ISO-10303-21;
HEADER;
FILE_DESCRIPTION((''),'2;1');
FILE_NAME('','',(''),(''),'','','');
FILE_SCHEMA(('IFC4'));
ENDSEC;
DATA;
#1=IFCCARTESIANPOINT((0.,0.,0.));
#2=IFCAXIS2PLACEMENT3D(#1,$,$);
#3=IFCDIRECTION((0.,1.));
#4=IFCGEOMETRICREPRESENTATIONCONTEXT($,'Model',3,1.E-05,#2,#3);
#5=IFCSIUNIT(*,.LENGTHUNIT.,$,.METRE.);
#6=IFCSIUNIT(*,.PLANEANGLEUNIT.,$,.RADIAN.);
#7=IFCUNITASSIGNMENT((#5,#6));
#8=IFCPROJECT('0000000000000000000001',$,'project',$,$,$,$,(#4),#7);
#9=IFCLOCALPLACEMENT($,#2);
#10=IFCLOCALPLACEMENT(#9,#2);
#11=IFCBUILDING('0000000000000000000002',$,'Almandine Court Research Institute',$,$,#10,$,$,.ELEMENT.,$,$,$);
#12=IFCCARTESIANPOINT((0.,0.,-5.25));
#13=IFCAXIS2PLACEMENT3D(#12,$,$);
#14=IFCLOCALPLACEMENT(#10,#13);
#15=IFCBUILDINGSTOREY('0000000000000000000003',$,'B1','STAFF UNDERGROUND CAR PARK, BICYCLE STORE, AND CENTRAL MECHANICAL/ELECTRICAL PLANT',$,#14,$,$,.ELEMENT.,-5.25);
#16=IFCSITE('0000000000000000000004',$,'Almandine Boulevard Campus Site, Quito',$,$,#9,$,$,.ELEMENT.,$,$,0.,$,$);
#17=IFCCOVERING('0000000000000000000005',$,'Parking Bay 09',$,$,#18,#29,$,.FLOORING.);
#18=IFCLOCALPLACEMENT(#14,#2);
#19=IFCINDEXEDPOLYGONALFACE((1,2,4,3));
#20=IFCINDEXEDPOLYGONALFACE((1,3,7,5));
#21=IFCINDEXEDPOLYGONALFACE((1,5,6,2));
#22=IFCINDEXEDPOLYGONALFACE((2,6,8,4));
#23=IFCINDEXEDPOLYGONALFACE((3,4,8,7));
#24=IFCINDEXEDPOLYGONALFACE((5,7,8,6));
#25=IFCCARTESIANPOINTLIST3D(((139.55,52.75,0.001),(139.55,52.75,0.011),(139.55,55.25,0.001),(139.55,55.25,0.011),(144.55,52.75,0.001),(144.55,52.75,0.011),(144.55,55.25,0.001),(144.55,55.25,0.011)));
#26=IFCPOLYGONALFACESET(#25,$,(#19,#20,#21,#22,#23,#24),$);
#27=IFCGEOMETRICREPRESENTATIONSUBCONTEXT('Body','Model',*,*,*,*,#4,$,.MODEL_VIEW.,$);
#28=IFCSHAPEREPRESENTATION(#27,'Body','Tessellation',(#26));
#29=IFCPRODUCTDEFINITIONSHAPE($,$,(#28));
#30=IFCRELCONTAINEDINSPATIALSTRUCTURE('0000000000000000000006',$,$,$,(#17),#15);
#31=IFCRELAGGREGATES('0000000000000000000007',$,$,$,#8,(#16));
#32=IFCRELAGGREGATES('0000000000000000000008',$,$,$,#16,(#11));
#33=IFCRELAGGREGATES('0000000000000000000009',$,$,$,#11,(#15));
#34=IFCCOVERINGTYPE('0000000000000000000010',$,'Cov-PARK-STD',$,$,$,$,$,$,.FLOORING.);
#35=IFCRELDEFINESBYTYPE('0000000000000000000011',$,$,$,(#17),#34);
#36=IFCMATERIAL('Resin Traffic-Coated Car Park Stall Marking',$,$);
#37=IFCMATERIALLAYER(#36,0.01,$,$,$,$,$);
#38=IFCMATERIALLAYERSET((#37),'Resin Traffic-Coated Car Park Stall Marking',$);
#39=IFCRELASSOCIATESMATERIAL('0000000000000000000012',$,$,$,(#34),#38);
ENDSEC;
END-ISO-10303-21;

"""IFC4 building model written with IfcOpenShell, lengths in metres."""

from ifc_helpers import new_model, si_unit, direction, frame, origin, origin_2d, place, context, subcontext, project, spatial, rectangle, extrude, material, layer, layer_set, type_object, element, save


model = new_model("IFC4")

# Units and contexts
model_context = context("Model", 3, precision=1e-05, world=origin(), true_north=direction((0.0, 1.0)))
body_context = subcontext(model_context, "Body", "Model", "MODEL_VIEW")
ifc_project = project(units=[si_unit("LENGTHUNIT", "METRE"), si_unit("PLANEANGLEUNIT", "RADIAN")], contexts=[model_context])

# Site, building, storey
site_placement = place(None, origin())
site = spatial("IfcSite", under=ifc_project, at=site_placement, Name="Almandine Boulevard Campus Site, Quito", CompositionType="ELEMENT", RefElevation=0.0)
building_placement = place(site_placement, origin())
building = spatial("IfcBuilding", under=site, at=building_placement, Name="Almandine Court Research Institute", CompositionType="ELEMENT")
storey_placement = place(building_placement, frame((0.0, 0.0, -5.25)))
storey = spatial("IfcBuildingStorey", under=building, at=storey_placement, Name="B1", Description="STAFF UNDERGROUND CAR PARK, BICYCLE STORE, AND CENTRAL MECHANICAL/ELECTRICAL PLANT", CompositionType="ELEMENT", Elevation=-5.25)

# Covering
ifc_material_1 = material(Name="Resin Traffic-Coated Car Park Stall Marking")
ifc_layer = layer(ifc_material_1, 0.01)
ifc_layer_set = layer_set([ifc_layer], Name="Resin Traffic-Coated Car Park Stall Marking")
covering_type = type_object("IfcCoveringType", Name="Cov-PARK-STD", PredefinedType="FLOORING", material=ifc_layer_set)
for number, where, z_axis, x_axis, name in (
    (1, (142.05, 54.0, 0.001), (0.0, 0.0, 1.0), (1.0, 0.0, 0.0), "Parking Bay 09"),
):
    element("IfcCovering", number, at=place(storey_placement, frame(where, z_axis=z_axis, x_axis=x_axis)), inside=storey, type_object=covering_type, Name=name, PredefinedType="FLOORING", context=body_context, shape_type="SweptSolid", body=[
        extrude(rectangle(XDim=5.0, YDim=2.5, at=origin_2d()), origin(), (0.0, 0.0, 1.0), 0.01),
    ])

save(model, "model.ifc")
